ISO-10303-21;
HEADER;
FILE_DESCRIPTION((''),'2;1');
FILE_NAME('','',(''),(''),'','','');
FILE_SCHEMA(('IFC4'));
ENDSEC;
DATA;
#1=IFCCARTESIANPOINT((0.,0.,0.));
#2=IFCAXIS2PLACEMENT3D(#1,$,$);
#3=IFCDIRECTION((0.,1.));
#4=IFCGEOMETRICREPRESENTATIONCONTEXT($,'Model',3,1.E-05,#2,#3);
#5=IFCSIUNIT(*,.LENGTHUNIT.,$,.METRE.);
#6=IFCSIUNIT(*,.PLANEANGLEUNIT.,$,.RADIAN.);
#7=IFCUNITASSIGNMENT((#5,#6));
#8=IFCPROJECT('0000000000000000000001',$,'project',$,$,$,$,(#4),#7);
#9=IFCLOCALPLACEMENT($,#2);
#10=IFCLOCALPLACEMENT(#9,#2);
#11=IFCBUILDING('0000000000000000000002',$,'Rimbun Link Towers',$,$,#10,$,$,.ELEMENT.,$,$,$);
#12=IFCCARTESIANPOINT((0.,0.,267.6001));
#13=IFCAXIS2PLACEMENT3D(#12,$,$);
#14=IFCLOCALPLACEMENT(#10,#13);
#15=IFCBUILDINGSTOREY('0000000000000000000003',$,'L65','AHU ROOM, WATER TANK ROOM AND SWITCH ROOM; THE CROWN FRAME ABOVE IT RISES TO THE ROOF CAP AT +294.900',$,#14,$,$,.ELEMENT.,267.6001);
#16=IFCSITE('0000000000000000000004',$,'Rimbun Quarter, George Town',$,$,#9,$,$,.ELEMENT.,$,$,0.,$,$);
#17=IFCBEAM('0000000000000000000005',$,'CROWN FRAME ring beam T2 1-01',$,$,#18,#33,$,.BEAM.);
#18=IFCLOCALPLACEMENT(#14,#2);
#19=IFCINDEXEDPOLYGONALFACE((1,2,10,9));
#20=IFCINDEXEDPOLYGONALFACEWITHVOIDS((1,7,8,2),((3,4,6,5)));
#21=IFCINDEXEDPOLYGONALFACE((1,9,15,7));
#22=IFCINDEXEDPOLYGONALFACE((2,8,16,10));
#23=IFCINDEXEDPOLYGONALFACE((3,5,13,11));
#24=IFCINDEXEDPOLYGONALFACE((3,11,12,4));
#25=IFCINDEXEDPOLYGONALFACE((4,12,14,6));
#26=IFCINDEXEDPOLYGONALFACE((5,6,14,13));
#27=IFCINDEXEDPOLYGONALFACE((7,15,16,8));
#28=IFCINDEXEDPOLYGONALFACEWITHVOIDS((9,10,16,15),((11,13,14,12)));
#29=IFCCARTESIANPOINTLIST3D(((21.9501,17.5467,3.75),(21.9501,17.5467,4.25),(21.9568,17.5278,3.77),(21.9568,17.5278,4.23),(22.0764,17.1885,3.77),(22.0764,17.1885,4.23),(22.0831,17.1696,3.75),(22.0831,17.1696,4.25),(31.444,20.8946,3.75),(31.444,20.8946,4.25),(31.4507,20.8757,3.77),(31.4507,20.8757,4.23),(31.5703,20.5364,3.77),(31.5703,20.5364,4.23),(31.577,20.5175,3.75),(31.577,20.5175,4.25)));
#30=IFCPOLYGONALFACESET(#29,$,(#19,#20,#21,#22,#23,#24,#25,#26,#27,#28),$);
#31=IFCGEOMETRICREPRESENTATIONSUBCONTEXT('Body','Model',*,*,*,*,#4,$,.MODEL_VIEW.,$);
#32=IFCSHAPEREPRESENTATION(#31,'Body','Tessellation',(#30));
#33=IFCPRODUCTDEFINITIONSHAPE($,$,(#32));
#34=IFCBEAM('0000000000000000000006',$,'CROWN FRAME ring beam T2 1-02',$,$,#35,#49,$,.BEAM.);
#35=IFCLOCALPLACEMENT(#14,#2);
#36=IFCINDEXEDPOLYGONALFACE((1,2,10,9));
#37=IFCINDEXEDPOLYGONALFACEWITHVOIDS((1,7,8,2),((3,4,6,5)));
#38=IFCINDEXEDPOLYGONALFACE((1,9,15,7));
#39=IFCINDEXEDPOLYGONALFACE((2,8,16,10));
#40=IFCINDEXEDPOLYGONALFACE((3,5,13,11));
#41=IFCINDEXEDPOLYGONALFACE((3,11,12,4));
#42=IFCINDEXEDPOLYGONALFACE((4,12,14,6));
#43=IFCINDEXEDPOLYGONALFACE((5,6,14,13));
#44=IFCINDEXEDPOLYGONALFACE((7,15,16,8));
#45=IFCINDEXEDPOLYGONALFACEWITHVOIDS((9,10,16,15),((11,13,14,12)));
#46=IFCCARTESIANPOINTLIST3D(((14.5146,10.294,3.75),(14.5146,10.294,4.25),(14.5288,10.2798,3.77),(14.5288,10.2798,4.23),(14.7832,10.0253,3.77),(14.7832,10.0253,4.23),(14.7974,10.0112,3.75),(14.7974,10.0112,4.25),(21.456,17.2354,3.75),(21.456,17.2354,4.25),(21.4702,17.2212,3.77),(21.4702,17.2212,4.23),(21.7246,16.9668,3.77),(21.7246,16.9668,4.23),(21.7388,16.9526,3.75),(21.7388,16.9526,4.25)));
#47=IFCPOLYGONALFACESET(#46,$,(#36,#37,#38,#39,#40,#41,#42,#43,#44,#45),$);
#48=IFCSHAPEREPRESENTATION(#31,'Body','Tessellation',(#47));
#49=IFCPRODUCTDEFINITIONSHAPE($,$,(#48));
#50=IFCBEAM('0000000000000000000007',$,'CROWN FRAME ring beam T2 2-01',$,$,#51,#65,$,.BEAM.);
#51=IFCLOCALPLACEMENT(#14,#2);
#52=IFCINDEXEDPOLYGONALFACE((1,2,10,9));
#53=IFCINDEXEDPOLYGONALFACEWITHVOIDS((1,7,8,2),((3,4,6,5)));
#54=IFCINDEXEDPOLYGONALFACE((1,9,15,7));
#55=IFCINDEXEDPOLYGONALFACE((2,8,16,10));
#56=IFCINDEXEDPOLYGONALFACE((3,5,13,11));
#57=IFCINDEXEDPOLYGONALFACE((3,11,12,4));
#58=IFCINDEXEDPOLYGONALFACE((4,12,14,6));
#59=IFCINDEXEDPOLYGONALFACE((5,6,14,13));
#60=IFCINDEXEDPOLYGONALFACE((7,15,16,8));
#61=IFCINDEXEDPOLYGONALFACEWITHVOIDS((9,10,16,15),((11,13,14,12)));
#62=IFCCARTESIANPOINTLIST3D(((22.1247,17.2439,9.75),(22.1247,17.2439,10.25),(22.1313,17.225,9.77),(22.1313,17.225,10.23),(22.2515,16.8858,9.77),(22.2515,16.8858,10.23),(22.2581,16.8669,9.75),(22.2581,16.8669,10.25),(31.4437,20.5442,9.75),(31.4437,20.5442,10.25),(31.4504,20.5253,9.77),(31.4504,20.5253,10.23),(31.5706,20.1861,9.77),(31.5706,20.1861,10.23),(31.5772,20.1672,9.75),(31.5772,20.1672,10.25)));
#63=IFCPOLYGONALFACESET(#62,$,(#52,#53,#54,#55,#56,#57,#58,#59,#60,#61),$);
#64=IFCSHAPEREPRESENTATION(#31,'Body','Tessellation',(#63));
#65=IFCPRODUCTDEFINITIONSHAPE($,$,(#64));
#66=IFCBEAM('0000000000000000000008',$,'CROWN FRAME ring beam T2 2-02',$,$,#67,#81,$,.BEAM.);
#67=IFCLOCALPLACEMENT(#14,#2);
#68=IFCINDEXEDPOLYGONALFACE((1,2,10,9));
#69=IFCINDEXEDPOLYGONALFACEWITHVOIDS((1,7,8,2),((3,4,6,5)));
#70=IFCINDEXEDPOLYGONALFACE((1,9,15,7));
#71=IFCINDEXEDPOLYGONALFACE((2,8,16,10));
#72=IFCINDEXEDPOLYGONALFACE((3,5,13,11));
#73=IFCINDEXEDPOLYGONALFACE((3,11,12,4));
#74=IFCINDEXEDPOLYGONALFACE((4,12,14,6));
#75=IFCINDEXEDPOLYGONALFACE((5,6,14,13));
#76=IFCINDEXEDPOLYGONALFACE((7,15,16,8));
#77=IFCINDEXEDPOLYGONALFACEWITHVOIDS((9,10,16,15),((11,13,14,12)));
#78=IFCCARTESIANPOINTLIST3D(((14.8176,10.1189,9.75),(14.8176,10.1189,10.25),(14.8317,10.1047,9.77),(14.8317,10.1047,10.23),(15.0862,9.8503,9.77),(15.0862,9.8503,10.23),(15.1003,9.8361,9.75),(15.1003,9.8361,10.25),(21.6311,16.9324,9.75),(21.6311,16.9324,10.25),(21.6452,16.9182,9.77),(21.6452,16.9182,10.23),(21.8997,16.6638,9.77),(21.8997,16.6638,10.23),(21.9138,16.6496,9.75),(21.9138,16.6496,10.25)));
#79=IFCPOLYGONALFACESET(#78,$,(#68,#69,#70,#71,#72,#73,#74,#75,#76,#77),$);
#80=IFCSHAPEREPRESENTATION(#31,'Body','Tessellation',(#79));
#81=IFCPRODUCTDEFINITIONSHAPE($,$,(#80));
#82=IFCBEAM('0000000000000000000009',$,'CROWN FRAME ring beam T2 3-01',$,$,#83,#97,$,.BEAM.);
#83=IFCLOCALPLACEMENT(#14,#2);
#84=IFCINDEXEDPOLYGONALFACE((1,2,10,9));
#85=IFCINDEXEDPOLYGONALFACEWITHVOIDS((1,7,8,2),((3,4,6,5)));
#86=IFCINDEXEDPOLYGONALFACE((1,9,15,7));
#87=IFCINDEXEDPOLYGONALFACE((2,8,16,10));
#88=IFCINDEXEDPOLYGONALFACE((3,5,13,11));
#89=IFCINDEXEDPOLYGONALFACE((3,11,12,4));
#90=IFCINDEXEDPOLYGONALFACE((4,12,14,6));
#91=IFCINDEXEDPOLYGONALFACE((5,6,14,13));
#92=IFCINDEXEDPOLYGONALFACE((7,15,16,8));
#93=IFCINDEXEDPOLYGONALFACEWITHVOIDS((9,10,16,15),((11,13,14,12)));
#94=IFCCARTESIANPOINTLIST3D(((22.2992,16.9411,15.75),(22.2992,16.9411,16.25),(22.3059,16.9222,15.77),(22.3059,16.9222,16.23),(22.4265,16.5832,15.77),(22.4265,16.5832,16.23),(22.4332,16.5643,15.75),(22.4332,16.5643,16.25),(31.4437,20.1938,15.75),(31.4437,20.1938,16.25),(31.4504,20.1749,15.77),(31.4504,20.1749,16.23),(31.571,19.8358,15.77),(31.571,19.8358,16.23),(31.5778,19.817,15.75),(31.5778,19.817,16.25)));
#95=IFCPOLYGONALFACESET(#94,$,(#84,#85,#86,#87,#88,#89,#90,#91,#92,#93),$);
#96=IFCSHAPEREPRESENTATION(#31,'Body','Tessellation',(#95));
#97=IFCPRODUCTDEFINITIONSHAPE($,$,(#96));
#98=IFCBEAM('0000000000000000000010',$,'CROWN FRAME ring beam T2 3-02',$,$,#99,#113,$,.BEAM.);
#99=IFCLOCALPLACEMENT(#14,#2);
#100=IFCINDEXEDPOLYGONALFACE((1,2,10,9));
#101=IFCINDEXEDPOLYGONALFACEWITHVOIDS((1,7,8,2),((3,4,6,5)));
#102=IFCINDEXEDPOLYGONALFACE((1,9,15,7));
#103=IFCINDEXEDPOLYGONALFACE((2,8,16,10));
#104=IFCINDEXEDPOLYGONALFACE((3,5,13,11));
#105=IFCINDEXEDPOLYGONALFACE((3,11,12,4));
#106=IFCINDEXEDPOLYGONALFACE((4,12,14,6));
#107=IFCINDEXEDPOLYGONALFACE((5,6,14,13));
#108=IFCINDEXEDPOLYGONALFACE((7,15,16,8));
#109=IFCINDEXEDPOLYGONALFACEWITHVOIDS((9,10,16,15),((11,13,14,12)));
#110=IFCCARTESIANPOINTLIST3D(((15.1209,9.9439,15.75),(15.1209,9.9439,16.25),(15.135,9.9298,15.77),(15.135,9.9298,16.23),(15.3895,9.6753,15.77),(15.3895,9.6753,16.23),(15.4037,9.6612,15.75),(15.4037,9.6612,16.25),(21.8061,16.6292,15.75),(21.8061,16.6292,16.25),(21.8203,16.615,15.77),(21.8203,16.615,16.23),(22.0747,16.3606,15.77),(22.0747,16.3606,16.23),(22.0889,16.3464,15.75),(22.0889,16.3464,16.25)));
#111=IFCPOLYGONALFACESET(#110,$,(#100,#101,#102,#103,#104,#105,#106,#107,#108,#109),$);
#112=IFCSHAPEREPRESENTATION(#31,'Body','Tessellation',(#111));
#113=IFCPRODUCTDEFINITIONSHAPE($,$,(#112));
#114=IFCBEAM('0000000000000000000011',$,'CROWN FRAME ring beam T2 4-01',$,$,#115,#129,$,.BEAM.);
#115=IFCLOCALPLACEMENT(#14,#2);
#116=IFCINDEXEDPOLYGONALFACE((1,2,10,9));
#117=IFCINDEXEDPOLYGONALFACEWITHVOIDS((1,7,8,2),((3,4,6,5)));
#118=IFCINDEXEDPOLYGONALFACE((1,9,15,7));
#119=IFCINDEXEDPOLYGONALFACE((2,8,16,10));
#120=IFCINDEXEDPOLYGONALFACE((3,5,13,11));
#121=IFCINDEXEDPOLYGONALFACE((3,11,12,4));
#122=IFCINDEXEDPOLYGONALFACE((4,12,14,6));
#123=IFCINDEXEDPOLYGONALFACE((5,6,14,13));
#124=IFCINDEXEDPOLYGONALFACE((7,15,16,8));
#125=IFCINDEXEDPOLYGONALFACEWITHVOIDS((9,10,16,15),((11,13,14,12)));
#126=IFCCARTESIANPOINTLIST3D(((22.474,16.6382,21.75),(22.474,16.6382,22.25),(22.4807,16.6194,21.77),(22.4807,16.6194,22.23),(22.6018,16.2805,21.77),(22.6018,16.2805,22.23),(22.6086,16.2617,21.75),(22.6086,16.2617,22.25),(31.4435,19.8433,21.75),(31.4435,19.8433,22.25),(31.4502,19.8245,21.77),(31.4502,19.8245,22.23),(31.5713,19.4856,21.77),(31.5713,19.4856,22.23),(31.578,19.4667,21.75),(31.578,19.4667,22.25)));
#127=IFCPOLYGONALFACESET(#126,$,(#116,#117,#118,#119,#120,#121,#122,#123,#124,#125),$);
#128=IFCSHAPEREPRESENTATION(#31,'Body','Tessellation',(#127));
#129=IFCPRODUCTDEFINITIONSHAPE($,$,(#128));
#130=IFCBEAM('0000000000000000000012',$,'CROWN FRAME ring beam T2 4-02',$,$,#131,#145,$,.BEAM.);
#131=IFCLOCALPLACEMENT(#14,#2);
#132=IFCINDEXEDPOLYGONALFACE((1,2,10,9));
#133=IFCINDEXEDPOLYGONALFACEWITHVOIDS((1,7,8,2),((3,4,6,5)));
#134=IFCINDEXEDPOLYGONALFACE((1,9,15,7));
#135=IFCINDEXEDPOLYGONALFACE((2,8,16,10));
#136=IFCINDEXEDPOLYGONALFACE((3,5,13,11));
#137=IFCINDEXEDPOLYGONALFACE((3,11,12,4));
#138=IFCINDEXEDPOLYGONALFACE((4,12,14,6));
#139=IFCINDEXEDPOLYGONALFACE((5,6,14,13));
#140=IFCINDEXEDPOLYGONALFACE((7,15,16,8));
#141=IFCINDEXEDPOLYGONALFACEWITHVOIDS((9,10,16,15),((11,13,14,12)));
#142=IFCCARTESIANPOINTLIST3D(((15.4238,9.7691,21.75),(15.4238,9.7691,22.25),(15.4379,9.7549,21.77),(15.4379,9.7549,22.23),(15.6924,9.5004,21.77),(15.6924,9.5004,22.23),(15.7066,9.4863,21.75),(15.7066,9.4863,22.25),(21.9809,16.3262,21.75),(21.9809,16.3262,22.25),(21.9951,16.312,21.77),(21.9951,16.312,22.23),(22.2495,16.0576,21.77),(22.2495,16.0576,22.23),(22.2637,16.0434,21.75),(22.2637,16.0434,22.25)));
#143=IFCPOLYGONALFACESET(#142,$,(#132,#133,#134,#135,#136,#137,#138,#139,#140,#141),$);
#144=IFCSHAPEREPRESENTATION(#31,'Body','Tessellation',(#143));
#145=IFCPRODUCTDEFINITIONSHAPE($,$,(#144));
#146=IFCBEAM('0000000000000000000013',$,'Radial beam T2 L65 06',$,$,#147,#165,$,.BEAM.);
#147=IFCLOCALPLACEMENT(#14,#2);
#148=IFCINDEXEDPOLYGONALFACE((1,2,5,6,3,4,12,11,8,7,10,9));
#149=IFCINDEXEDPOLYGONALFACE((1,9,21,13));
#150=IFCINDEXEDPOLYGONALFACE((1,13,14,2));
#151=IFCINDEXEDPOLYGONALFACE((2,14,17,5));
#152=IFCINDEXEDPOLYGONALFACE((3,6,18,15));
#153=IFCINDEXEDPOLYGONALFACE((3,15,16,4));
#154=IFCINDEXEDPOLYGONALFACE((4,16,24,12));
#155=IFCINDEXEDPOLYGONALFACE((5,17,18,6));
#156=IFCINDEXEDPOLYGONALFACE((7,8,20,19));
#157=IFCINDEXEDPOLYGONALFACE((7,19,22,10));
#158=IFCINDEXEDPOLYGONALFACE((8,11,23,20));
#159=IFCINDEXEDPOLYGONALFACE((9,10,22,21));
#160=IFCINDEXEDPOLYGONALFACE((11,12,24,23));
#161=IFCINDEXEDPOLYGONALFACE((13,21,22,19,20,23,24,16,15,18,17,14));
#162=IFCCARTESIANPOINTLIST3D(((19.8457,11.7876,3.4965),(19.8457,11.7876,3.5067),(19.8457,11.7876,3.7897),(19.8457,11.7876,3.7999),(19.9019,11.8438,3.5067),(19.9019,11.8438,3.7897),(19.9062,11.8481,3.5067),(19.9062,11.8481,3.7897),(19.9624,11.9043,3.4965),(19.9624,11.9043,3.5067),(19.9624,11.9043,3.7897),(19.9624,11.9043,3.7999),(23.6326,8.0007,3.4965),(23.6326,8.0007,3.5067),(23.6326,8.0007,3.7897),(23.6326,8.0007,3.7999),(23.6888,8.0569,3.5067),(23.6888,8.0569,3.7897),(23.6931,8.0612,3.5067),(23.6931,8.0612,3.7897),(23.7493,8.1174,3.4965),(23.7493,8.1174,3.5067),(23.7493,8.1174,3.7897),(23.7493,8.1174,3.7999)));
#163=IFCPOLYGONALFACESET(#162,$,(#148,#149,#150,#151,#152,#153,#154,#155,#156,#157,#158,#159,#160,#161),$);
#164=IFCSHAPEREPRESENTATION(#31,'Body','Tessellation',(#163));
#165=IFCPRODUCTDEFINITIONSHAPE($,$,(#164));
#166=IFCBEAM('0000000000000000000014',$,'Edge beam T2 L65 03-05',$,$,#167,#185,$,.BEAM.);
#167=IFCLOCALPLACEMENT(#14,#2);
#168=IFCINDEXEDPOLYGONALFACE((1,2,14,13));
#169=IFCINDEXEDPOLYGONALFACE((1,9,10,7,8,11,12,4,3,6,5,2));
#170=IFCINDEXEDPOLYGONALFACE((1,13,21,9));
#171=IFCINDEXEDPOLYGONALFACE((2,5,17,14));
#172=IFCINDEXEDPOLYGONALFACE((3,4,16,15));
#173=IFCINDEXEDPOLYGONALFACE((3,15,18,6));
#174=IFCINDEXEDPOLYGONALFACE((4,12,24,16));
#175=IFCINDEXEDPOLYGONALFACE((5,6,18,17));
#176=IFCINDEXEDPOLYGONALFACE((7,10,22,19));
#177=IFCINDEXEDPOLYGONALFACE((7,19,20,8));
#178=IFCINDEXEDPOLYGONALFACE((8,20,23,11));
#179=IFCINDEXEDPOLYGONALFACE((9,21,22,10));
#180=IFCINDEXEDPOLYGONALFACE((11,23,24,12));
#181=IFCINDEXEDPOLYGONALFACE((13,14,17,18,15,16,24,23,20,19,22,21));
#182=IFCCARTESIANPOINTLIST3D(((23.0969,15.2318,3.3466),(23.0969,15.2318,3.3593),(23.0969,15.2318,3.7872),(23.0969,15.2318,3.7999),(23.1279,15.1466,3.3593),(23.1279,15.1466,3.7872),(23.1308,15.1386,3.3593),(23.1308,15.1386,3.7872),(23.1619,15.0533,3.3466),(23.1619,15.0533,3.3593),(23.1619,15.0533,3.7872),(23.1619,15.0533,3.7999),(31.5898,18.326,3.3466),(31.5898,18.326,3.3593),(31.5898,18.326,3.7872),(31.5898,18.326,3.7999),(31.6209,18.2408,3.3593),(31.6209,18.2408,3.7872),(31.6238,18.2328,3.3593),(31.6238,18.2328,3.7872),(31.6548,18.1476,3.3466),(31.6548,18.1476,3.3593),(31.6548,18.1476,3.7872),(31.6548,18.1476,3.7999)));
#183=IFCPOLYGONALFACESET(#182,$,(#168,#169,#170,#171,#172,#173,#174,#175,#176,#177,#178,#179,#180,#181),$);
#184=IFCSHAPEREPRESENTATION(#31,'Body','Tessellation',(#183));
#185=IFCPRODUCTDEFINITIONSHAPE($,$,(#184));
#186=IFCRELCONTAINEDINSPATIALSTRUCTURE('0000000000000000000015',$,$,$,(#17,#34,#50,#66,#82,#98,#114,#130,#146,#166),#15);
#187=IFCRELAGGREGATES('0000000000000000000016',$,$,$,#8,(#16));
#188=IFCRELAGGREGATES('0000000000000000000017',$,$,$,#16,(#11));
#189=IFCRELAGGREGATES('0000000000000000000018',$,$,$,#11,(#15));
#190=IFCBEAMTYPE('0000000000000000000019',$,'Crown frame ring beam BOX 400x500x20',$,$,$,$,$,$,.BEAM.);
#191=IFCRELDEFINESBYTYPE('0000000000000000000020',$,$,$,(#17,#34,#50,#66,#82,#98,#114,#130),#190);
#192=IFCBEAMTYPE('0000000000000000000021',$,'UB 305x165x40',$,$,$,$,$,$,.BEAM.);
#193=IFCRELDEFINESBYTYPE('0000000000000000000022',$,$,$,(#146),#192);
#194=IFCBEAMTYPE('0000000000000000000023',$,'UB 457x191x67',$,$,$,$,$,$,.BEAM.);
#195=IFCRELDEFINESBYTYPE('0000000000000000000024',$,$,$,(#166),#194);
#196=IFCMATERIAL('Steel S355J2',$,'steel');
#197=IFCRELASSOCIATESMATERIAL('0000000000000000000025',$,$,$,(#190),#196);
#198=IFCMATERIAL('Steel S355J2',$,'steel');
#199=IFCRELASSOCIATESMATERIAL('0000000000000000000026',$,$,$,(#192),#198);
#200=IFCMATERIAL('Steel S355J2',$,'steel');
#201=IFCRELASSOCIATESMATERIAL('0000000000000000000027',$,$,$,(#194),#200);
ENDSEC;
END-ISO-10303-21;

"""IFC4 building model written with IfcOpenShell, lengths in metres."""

from ifc_helpers import new_model, si_unit, direction, frame, origin, origin_2d, place, context, subcontext, project, spatial, hollow_rectangle, i_section, extrude, material, material_profile, profile_set, type_object, element, save


model = new_model("IFC4")

# Units and contexts
model_context = context("Model", 3, precision=1e-05, world=origin(), true_north=direction((0.0, 1.0)))
body_context = subcontext(model_context, "Body", "Model", "MODEL_VIEW")
ifc_project = project(units=[si_unit("LENGTHUNIT", "METRE"), si_unit("PLANEANGLEUNIT", "RADIAN")], contexts=[model_context])

# Site, building, storey
site_placement = place(None, origin())
site = spatial("IfcSite", under=ifc_project, at=site_placement, Name="Rimbun Quarter, George Town", CompositionType="ELEMENT", RefElevation=0.0)
building_placement = place(site_placement, origin())
building = spatial("IfcBuilding", under=site, at=building_placement, Name="Rimbun Link Towers", CompositionType="ELEMENT")
storey_placement = place(building_placement, frame((0.0, 0.0, 267.6001)))
storey = spatial("IfcBuildingStorey", under=building, at=storey_placement, Name="L65", Description="AHU ROOM, WATER TANK ROOM AND SWITCH ROOM; THE CROWN FRAME ABOVE IT RISES TO THE ROOF CAP AT +294.900", CompositionType="ELEMENT", Elevation=267.6001)

# Beams
ifc_material_1 = material(Name="Steel S355J2", Category="steel")
ifc_material_profile_1 = material_profile(ifc_material_1, hollow_rectangle(XDim=0.3999, YDim=0.5, WallThickness=0.02, at=origin_2d()), Name="Crown frame ring beam BOX 400x500x20")
ifc_profile_set_1 = profile_set([ifc_material_profile_1], Name="Steel S355J2")
beam_type_1 = type_object("IfcBeamType", Name="Crown frame ring beam BOX 400x500x20", PredefinedType="BEAM", material=ifc_profile_set_1)
beam_1_placement = place(storey_placement, frame((31.5105, 20.7061, 4.0), z_axis=(-0.94308, -0.332565, 0.0), x_axis=(0.332565, -0.94308, 0.0)))
element("IfcBeam", 1, at=beam_1_placement, inside=storey, type_object=beam_type_1, Name="CROWN FRAME ring beam T2 1-01", PredefinedType="BEAM", context=body_context, shape_type="SweptSolid", body=[
    extrude(hollow_rectangle(XDim=0.3999, YDim=0.5, WallThickness=0.02, at=origin_2d()), origin(), (0.0, 0.0, 1.0), 10.0669),
])
beam_2_placement = place(storey_placement, frame((21.5974, 17.094, 4.0), z_axis=(-0.707107, -0.707107, 0.0), x_axis=(0.707107, -0.707107, 0.0)))
element("IfcBeam", 2, at=beam_2_placement, inside=storey, type_object=beam_type_1, Name="CROWN FRAME ring beam T2 1-02", PredefinedType="BEAM", context=body_context, shape_type="SweptSolid", body=[
    extrude(hollow_rectangle(XDim=0.3999, YDim=0.5, WallThickness=0.02, at=origin_2d()), origin(), (0.0, 0.0, 1.0), 9.8167),
])
beam_3_placement = place(storey_placement, frame((31.5105, 20.3557, 10.0), z_axis=(-0.942634, -0.333827, 0.0), x_axis=(0.333827, -0.942634, 0.0)))
element("IfcBeam", 3, at=beam_3_placement, inside=storey, type_object=beam_type_1, Name="CROWN FRAME ring beam T2 2-01", PredefinedType="BEAM", context=body_context, shape_type="SweptSolid", body=[
    extrude(hollow_rectangle(XDim=0.3999, YDim=0.5, WallThickness=0.02, at=origin_2d()), origin(), (0.0, 0.0, 1.0), 9.8862),
])
beam_4_placement = place(storey_placement, frame((21.7725, 16.791, 10.0), z_axis=(-0.707107, -0.707107, 0.0), x_axis=(0.707107, -0.707107, 0.0)))
element("IfcBeam", 4, at=beam_4_placement, inside=storey, type_object=beam_type_1, Name="CROWN FRAME ring beam T2 2-02", PredefinedType="BEAM", context=body_context, shape_type="SweptSolid", body=[
    extrude(hollow_rectangle(XDim=0.3999, YDim=0.5, WallThickness=0.02, at=origin_2d()), origin(), (0.0, 0.0, 1.0), 9.6357),
])
beam_5_placement = place(storey_placement, frame((31.5107, 20.0054, 16.0), z_axis=(-0.942173, -0.335128, 0.0), x_axis=(0.335128, -0.942173, 0.0)))
element("IfcBeam", 5, at=beam_5_placement, inside=storey, type_object=beam_type_1, Name="CROWN FRAME ring beam T2 3-01", PredefinedType="BEAM", context=body_context, shape_type="SweptSolid", body=[
    extrude(hollow_rectangle(XDim=0.3999, YDim=0.5, WallThickness=0.02, at=origin_2d()), origin(), (0.0, 0.0, 1.0), 9.7058),
])
beam_6_placement = place(storey_placement, frame((21.9475, 16.4878, 16.0), z_axis=(-0.707107, -0.707107, 0.0), x_axis=(0.707107, -0.707107, 0.0)))
element("IfcBeam", 6, at=beam_6_placement, inside=storey, type_object=beam_type_1, Name="CROWN FRAME ring beam T2 3-02", PredefinedType="BEAM", context=body_context, shape_type="SweptSolid", body=[
    extrude(hollow_rectangle(XDim=0.3999, YDim=0.5, WallThickness=0.02, at=origin_2d()), origin(), (0.0, 0.0, 1.0), 9.4543),
])
beam_7_placement = place(storey_placement, frame((31.5107, 19.655, 22.0), z_axis=(-0.941686, -0.336494, 0.0), x_axis=(0.336494, -0.941686, 0.0)))
element("IfcBeam", 7, at=beam_7_placement, inside=storey, type_object=beam_type_1, Name="CROWN FRAME ring beam T2 4-01", PredefinedType="BEAM", context=body_context, shape_type="SweptSolid", body=[
    extrude(hollow_rectangle(XDim=0.3999, YDim=0.5, WallThickness=0.02, at=origin_2d()), origin(), (0.0, 0.0, 1.0), 9.5249),
])
beam_8_placement = place(storey_placement, frame((22.1223, 16.1848, 22.0), z_axis=(-0.707107, -0.707107, 0.0), x_axis=(0.707107, -0.707107, 0.0)))
element("IfcBeam", 8, at=beam_8_placement, inside=storey, type_object=beam_type_1, Name="CROWN FRAME ring beam T2 4-02", PredefinedType="BEAM", context=body_context, shape_type="SweptSolid", body=[
    extrude(hollow_rectangle(XDim=0.3999, YDim=0.5, WallThickness=0.02, at=origin_2d()), origin(), (0.0, 0.0, 1.0), 9.2732),
])
ifc_material_2 = material(Name="Steel S355J2", Category="steel")
ifc_material_profile_2 = material_profile(ifc_material_2, i_section(OverallWidth=0.165, OverallDepth=0.3035, WebThickness=0.0061, FlangeThickness=0.0103, at=origin_2d()), Name="UB 305x165x40")
ifc_profile_set_2 = profile_set([ifc_material_profile_2], Name="Steel S355J2")
beam_type_2 = type_object("IfcBeamType", Name="UB 305x165x40", PredefinedType="BEAM", material=ifc_profile_set_2)
beam_9_placement = place(storey_placement, frame((23.6909, 8.0591, 3.6482), z_axis=(-0.707107, 0.707107, 0.0), x_axis=(-0.707107, -0.707107, 0.0)))
element("IfcBeam", 9, at=beam_9_placement, inside=storey, type_object=beam_type_2, Name="Radial beam T2 L65 06", PredefinedType="BEAM", context=body_context, shape_type="SweptSolid", body=[
    extrude(i_section(OverallWidth=0.165, OverallDepth=0.3035, WebThickness=0.0061, FlangeThickness=0.0103, at=origin_2d()), origin(), (0.0, 0.0, 1.0), 5.3555),
])
ifc_material_3 = material(Name="Steel S355J2", Category="steel")
ifc_material_profile_3 = material_profile(ifc_material_3, i_section(OverallWidth=0.1899, OverallDepth=0.4534, WebThickness=0.0085, FlangeThickness=0.0127, at=origin_2d()), Name="UB 457x191x67")
ifc_profile_set_3 = profile_set([ifc_material_profile_3], Name="Steel S355J2")
beam_type_3 = type_object("IfcBeamType", Name="UB 457x191x67", PredefinedType="BEAM", material=ifc_profile_set_3)
beam_10_placement = place(storey_placement, frame((31.6223, 18.2368, 3.5732), z_axis=(-0.939583, -0.34232, 0.0), x_axis=(0.34232, -0.939583, 0.0)))
element("IfcBeam", 10, at=beam_10_placement, inside=storey, type_object=beam_type_3, Name="Edge beam T2 L65 03-05", PredefinedType="BEAM", context=body_context, shape_type="SweptSolid", body=[
    extrude(i_section(OverallWidth=0.1899, OverallDepth=0.4534, WebThickness=0.0085, FlangeThickness=0.0127, at=origin_2d()), origin(), (0.0, 0.0, 1.0), 9.0391),
])

save(model, "model.ifc")
